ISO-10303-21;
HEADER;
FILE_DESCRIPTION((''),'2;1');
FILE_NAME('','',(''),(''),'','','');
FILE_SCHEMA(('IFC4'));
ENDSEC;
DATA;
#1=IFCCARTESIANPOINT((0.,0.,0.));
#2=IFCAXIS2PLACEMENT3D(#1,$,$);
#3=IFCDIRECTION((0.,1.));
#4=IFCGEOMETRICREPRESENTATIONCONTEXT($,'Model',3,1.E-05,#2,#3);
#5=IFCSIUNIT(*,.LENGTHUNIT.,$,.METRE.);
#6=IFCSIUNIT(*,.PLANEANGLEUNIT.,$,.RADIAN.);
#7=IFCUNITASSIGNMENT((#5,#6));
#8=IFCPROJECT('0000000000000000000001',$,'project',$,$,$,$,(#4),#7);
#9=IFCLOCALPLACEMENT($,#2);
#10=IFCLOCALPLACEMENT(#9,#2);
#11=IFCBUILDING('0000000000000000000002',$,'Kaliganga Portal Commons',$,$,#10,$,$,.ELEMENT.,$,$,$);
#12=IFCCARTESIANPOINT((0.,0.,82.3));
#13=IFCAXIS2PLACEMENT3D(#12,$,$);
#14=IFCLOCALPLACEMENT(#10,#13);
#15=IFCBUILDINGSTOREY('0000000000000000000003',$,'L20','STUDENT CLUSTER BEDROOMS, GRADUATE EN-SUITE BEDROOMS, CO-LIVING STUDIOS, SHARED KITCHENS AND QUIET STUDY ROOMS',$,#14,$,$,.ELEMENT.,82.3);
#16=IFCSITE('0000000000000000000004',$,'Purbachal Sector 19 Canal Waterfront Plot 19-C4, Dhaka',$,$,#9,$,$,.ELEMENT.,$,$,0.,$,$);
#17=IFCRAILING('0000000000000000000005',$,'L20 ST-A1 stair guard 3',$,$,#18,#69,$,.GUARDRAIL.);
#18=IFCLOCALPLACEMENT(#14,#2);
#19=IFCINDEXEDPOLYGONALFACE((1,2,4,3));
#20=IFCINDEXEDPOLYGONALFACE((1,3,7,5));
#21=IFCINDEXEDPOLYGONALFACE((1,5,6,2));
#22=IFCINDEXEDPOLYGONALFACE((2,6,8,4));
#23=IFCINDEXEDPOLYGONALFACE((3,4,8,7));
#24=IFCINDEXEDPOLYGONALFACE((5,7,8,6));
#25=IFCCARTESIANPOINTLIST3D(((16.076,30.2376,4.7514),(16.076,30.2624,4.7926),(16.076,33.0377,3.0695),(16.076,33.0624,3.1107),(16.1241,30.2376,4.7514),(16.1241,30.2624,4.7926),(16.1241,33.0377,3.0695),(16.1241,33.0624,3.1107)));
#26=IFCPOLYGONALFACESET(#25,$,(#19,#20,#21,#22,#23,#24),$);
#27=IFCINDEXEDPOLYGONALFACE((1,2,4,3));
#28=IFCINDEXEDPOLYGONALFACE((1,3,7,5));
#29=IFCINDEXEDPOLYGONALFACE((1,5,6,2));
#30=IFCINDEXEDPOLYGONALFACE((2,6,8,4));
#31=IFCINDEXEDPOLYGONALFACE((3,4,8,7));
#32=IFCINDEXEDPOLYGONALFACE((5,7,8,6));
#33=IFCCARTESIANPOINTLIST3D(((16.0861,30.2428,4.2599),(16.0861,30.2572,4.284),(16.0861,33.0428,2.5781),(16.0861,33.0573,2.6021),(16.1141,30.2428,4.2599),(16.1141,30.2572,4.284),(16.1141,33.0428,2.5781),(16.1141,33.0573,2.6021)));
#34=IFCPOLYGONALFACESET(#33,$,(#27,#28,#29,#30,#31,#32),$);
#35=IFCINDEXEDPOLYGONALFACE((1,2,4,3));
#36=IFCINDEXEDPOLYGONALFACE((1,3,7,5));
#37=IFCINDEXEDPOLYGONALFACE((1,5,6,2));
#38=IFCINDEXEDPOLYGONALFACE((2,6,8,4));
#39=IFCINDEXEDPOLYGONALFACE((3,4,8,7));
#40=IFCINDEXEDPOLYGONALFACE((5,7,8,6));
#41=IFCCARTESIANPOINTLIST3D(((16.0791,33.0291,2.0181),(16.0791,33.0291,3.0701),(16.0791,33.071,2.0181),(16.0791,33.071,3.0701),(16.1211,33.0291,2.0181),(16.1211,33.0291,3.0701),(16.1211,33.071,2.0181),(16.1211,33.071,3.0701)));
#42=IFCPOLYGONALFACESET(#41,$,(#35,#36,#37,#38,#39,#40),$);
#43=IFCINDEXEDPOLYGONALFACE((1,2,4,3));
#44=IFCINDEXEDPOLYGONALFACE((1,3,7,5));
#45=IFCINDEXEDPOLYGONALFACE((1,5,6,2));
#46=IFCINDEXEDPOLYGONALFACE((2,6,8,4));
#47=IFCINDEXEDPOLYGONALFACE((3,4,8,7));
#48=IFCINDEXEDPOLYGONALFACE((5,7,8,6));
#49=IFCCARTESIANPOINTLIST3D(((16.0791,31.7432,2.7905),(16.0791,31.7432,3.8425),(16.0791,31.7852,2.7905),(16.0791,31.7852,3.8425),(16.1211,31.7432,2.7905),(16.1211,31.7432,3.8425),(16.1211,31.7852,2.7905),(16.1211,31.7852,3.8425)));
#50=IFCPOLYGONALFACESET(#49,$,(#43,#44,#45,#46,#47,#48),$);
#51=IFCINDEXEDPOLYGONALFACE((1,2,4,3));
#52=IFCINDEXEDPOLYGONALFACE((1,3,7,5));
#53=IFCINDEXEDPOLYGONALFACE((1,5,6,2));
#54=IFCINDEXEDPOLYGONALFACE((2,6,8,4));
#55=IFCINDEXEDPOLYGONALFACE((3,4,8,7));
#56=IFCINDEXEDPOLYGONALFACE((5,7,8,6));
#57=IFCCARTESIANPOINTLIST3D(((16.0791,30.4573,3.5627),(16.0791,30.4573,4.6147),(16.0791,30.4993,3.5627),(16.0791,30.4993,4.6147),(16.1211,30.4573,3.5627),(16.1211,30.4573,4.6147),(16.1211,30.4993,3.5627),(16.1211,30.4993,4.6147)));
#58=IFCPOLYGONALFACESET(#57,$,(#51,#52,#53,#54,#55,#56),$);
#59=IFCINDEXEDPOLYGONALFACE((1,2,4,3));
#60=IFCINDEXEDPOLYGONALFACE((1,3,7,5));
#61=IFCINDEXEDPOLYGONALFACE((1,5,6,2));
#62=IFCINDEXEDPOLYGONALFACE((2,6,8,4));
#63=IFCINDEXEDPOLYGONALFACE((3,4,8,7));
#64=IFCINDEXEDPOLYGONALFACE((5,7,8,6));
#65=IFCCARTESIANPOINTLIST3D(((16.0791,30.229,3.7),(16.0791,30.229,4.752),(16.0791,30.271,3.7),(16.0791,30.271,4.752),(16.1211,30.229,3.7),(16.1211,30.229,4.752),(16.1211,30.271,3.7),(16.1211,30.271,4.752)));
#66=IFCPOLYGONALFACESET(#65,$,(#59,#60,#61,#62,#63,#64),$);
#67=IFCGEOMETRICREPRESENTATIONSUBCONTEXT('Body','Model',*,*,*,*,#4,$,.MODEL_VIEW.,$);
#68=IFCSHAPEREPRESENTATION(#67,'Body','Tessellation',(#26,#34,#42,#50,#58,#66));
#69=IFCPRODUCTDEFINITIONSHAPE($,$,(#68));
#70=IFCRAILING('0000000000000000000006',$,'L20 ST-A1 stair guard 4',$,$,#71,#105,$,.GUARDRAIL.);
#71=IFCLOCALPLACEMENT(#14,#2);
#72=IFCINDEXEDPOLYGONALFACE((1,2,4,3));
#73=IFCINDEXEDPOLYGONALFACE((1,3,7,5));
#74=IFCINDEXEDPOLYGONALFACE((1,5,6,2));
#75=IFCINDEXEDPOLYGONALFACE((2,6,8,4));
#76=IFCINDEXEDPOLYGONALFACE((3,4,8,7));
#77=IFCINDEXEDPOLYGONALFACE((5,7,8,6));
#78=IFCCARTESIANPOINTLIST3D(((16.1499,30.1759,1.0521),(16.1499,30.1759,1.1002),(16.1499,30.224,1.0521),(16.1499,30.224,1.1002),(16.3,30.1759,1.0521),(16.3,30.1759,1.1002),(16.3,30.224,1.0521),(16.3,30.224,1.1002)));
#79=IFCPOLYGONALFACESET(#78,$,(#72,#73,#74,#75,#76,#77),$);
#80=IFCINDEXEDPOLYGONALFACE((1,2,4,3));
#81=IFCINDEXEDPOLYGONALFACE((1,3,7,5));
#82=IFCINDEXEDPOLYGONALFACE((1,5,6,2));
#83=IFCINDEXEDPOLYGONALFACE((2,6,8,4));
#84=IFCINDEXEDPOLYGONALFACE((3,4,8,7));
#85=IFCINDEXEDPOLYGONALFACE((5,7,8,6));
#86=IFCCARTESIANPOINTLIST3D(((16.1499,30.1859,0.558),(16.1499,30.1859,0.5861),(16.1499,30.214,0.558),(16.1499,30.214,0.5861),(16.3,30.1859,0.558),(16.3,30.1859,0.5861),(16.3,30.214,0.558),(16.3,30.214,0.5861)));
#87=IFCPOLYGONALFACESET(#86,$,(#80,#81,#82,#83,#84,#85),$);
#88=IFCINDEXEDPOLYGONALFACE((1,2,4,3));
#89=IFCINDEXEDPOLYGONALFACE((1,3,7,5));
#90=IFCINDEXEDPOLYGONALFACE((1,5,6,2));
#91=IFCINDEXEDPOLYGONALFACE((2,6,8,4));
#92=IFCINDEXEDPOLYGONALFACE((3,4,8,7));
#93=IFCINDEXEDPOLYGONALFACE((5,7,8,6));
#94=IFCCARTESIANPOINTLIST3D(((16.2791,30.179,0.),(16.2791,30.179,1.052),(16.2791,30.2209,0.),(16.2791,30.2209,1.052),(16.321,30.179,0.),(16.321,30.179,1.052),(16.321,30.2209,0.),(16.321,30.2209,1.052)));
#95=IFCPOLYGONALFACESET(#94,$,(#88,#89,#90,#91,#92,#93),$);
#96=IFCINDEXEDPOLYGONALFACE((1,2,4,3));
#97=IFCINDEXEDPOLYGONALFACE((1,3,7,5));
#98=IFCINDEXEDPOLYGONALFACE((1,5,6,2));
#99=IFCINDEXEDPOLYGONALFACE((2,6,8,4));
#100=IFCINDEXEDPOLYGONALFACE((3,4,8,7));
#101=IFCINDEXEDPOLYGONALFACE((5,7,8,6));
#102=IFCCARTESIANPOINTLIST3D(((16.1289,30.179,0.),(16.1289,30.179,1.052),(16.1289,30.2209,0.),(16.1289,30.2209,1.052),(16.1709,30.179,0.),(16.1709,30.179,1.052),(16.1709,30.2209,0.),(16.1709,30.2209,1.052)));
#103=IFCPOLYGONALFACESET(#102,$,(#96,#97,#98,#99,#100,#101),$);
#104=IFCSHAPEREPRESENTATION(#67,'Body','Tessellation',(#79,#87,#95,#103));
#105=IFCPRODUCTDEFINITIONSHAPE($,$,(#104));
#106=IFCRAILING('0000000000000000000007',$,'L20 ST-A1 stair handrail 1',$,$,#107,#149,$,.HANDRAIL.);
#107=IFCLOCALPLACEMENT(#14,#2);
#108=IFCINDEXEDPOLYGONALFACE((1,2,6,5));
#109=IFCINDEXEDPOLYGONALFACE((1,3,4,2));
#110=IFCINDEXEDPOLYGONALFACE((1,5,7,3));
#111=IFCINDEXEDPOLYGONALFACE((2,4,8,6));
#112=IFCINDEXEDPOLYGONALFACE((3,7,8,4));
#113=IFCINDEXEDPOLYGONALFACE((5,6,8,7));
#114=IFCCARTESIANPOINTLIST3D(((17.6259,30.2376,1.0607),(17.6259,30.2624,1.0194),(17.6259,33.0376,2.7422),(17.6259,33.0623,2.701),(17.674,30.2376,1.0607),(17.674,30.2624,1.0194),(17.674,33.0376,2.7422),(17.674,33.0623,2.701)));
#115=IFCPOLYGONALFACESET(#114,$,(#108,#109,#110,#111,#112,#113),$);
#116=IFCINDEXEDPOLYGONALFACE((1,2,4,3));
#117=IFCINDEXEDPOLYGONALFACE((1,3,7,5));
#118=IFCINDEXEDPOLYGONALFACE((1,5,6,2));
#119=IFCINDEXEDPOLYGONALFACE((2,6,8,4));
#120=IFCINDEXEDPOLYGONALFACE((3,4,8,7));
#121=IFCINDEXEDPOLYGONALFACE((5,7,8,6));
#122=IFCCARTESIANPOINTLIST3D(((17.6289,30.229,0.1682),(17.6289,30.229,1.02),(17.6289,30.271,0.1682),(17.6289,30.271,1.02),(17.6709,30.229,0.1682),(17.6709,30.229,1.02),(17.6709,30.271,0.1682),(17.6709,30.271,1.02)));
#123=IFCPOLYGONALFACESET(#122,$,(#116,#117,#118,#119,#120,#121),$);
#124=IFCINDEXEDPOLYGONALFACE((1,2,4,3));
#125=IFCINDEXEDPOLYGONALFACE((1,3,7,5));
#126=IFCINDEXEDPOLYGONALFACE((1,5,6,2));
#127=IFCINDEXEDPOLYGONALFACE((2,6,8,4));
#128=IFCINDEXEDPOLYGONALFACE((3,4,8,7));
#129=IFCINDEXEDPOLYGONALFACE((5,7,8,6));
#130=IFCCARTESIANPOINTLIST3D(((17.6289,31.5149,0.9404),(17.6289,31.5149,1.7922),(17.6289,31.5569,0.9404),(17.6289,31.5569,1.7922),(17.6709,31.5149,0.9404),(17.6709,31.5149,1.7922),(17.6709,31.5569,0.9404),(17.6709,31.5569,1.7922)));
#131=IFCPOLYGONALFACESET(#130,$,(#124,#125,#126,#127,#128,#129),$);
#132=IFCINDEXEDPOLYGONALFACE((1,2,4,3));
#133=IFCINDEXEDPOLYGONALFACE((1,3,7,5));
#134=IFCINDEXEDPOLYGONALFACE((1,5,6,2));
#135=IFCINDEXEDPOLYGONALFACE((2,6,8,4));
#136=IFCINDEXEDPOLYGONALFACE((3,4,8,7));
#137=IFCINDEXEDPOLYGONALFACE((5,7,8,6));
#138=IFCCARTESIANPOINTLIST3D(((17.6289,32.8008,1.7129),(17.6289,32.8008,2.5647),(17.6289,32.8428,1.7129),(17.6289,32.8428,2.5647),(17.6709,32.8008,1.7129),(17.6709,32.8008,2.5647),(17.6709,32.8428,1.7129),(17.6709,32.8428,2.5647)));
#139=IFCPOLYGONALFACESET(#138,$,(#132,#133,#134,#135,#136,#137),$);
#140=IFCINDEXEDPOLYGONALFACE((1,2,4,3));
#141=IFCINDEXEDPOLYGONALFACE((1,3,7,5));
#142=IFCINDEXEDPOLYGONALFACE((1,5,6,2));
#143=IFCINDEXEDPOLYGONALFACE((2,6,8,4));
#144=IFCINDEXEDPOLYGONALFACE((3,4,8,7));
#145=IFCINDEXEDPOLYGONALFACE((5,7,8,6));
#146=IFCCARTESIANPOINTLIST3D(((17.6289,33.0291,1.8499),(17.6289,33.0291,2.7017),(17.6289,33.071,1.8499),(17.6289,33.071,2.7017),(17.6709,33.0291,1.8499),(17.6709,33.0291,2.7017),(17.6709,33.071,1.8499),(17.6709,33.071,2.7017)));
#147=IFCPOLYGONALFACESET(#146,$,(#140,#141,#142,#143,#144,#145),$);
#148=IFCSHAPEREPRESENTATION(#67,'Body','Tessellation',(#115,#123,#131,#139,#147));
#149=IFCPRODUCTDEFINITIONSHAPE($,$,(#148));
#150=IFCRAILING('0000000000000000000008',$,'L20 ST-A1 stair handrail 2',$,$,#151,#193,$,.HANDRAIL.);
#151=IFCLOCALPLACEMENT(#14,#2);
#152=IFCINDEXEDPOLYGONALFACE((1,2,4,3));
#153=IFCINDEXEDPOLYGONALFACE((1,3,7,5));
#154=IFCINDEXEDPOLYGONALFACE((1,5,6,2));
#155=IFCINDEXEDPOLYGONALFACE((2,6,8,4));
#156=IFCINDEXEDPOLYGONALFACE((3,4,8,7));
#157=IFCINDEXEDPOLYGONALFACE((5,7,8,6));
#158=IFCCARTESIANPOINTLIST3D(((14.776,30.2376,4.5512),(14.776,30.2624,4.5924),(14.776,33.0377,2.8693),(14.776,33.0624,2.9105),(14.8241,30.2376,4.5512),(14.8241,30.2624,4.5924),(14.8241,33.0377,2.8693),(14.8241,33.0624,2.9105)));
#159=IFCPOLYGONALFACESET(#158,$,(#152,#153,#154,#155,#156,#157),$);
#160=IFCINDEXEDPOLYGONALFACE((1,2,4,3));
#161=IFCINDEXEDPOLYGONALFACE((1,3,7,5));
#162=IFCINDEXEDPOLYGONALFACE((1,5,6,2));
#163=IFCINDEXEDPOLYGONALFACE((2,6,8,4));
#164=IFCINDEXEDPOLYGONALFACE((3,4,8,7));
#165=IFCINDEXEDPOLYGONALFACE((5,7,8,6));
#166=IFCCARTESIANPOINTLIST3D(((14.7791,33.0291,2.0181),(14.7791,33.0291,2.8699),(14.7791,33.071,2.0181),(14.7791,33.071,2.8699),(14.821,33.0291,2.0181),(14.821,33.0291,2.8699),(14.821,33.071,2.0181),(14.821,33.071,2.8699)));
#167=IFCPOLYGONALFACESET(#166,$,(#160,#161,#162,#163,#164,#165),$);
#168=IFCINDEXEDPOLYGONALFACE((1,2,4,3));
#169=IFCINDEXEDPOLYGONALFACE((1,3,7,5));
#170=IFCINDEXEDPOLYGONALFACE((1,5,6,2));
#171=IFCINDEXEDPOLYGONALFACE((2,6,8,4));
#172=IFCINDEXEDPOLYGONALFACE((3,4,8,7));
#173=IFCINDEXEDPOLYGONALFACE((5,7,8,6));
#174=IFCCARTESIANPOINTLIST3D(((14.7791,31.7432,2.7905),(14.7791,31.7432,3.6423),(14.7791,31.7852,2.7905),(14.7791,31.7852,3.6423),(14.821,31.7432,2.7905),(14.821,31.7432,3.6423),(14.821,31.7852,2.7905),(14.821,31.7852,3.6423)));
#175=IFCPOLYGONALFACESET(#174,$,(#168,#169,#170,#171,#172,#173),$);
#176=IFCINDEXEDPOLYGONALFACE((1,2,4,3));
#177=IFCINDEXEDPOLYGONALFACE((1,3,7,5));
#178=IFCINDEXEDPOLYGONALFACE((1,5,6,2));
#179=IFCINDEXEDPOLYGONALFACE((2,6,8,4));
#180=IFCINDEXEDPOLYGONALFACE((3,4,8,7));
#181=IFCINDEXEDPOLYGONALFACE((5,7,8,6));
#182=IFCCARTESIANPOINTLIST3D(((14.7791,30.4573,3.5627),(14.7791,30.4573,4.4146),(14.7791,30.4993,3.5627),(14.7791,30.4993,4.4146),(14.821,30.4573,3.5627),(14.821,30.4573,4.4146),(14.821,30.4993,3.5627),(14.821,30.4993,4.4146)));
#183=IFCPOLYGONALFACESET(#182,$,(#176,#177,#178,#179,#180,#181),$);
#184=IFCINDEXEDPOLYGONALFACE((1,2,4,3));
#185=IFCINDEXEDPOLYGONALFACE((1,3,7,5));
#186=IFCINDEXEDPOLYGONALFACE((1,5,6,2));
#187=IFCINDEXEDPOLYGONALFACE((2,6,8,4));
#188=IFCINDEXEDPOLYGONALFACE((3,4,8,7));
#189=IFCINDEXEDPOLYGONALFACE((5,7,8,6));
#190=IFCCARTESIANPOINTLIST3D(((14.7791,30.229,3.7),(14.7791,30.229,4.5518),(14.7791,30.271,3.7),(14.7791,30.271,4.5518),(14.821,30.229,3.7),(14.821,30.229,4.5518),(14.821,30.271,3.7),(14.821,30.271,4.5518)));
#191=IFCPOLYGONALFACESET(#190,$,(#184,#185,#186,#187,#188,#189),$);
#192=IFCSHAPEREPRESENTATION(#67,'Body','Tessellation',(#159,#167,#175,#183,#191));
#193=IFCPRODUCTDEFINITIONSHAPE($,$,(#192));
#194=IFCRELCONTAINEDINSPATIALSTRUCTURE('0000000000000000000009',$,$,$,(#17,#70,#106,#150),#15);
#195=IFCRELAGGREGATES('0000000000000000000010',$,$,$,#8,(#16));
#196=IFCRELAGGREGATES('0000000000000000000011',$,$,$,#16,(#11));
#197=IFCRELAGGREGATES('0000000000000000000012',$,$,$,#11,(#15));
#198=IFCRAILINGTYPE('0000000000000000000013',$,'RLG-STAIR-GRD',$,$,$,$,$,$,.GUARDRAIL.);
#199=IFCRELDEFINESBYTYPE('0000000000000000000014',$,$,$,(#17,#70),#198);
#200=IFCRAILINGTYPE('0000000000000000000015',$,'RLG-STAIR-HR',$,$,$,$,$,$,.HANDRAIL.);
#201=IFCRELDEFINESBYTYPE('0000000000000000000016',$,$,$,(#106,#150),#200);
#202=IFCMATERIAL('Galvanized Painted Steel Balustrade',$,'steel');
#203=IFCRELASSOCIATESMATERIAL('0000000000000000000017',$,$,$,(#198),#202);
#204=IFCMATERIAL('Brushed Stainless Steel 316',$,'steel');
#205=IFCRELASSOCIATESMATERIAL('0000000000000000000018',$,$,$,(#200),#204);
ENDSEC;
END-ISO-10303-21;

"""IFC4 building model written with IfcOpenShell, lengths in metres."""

from ifc_helpers import new_model, si_unit, direction, frame, origin, origin_2d, place, context, subcontext, project, spatial, rectangle, extrude, material, type_object, element, save


model = new_model("IFC4")

# Units and contexts
model_context = context("Model", 3, precision=1e-05, world=origin(), true_north=direction((0.0, 1.0)))
body_context = subcontext(model_context, "Body", "Model", "MODEL_VIEW")
ifc_project = project(units=[si_unit("LENGTHUNIT", "METRE"), si_unit("PLANEANGLEUNIT", "RADIAN")], contexts=[model_context])

# Site, building, storey
site_placement = place(None, origin())
site = spatial("IfcSite", under=ifc_project, at=site_placement, Name="Purbachal Sector 19 Canal Waterfront Plot 19-C4, Dhaka", CompositionType="ELEMENT", RefElevation=0.0)
building_placement = place(site_placement, origin())
building = spatial("IfcBuilding", under=site, at=building_placement, Name="Kaliganga Portal Commons", CompositionType="ELEMENT")
storey_placement = place(building_placement, frame((0.0, 0.0, 82.3)))
storey = spatial("IfcBuildingStorey", under=building, at=storey_placement, Name="L20", Description="STUDENT CLUSTER BEDROOMS, GRADUATE EN-SUITE BEDROOMS, CO-LIVING STUDIOS, SHARED KITCHENS AND QUIET STUDY ROOMS", CompositionType="ELEMENT", Elevation=82.3)

# Railings
ifc_material_1 = material(Name="Galvanized Painted Steel Balustrade", Category="steel")
railing_type_1 = type_object("IfcRailingType", Name="RLG-STAIR-GRD", PredefinedType="GUARDRAIL", material=ifc_material_1)
railing_1_placement = place(storey_placement, frame((16.1001, 33.05, 2.0181)))
element("IfcRailing", 1, at=railing_1_placement, inside=storey, type_object=railing_type_1, Name="L20 ST-A1 stair guard 3", PredefinedType="GUARDRAIL", context=body_context, shape_type="SweptSolid", body=[
    extrude(rectangle(XDim=0.0481, YDim=0.0481, at=origin_2d()), frame((0.0, 0.0, 1.072), z_axis=(0.0, -0.857242, 0.514913), x_axis=(1.0, 0.0, 0.0)), (0.0, 0.0, 1.0), 3.2664),
    extrude(rectangle(XDim=0.0281, YDim=0.0281, at=origin_2d()), frame((0.0, 0.0, 0.572), z_axis=(0.0, -0.857242, 0.514913), x_axis=(1.0, 0.0, 0.0)), (0.0, 0.0, 1.0), 3.2664),
    extrude(rectangle(XDim=0.042, YDim=0.042, at=origin_2d()), origin(), (0.0, 0.0, 1.0), 1.052),
    extrude(rectangle(XDim=0.042, YDim=0.042, at=origin_2d()), frame((0.0, -1.2859, 0.7725)), (0.0, 0.0, 1.0), 1.052),
    extrude(rectangle(XDim=0.042, YDim=0.042, at=origin_2d()), frame((0.0, -2.5718, 1.5447)), (0.0, 0.0, 1.0), 1.052),
    extrude(rectangle(XDim=0.042, YDim=0.042, at=origin_2d()), frame((0.0, -2.8, 1.6819)), (0.0, 0.0, 1.0), 1.052),
])
railing_2_placement = place(storey_placement, frame((16.3, 30.2, 0.0)))
element("IfcRailing", 2, at=railing_2_placement, inside=storey, type_object=railing_type_1, Name="L20 ST-A1 stair guard 4", PredefinedType="GUARDRAIL", context=body_context, shape_type="SweptSolid", body=[
    extrude(rectangle(XDim=0.0481, YDim=0.0481, at=origin_2d()), frame((0.0, 0.0, 1.0762), z_axis=(-1.0, 0.0, 0.0), x_axis=(0.0, -1.0, 0.0)), (0.0, 0.0, 1.0), 0.1501),
    extrude(rectangle(XDim=0.0281, YDim=0.0281, at=origin_2d()), frame((0.0, 0.0, 0.572), z_axis=(-1.0, 0.0, 0.0), x_axis=(0.0, -1.0, 0.0)), (0.0, 0.0, 1.0), 0.1501),
    extrude(rectangle(XDim=0.042, YDim=0.042, at=origin_2d()), origin(), (0.0, 0.0, 1.0), 1.052),
    extrude(rectangle(XDim=0.042, YDim=0.042, at=origin_2d()), frame((-0.1501, 0.0, 0.0)), (0.0, 0.0, 1.0), 1.052),
])
ifc_material_2 = material(Name="Brushed Stainless Steel 316", Category="steel")
railing_type_2 = type_object("IfcRailingType", Name="RLG-STAIR-HR", PredefinedType="HANDRAIL", material=ifc_material_2)
railing_3_placement = place(storey_placement, frame((17.6499, 30.25, 0.1682)))
element("IfcRailing", 3, at=railing_3_placement, inside=storey, type_object=railing_type_2, Name="L20 ST-A1 stair handrail 1", PredefinedType="HANDRAIL", context=body_context, shape_type="SweptSolid", body=[
    extrude(rectangle(XDim=0.0481, YDim=0.0481, at=origin_2d()), frame((0.0, 0.0, 0.8718), z_axis=(0.0, 0.857275, 0.514858), x_axis=(-1.0, 0.0, 0.0)), (0.0, 0.0, 1.0), 3.2661),
    extrude(rectangle(XDim=0.042, YDim=0.042, at=origin_2d()), origin(), (0.0, 0.0, 1.0), 0.8518),
    extrude(rectangle(XDim=0.042, YDim=0.042, at=origin_2d()), frame((0.0, 1.2859, 0.7722)), (0.0, 0.0, 1.0), 0.8518),
    extrude(rectangle(XDim=0.042, YDim=0.042, at=origin_2d()), frame((0.0, 2.5718, 1.5447)), (0.0, 0.0, 1.0), 0.8518),
    extrude(rectangle(XDim=0.042, YDim=0.042, at=origin_2d()), frame((0.0, 2.8, 1.6816)), (0.0, 0.0, 1.0), 0.8518),
])
railing_4_placement = place(storey_placement, frame((14.8, 33.05, 2.0181)))
element("IfcRailing", 4, at=railing_4_placement, inside=storey, type_object=railing_type_2, Name="L20 ST-A1 stair handrail 2", PredefinedType="HANDRAIL", context=body_context, shape_type="SweptSolid", body=[
    extrude(rectangle(XDim=0.0481, YDim=0.0481, at=origin_2d()), frame((0.0, 0.0, 0.8718), z_axis=(0.0, -0.857242, 0.514913), x_axis=(1.0, 0.0, 0.0)), (0.0, 0.0, 1.0), 3.2664),
    extrude(rectangle(XDim=0.042, YDim=0.042, at=origin_2d()), origin(), (0.0, 0.0, 1.0), 0.8518),
    extrude(rectangle(XDim=0.042, YDim=0.042, at=origin_2d()), frame((0.0, -1.2859, 0.7725)), (0.0, 0.0, 1.0), 0.8518),
    extrude(rectangle(XDim=0.042, YDim=0.042, at=origin_2d()), frame((0.0, -2.5718, 1.5447)), (0.0, 0.0, 1.0), 0.8518),
    extrude(rectangle(XDim=0.042, YDim=0.042, at=origin_2d()), frame((0.0, -2.8, 1.6819)), (0.0, 0.0, 1.0), 0.8518),
])

save(model, "model.ifc")
